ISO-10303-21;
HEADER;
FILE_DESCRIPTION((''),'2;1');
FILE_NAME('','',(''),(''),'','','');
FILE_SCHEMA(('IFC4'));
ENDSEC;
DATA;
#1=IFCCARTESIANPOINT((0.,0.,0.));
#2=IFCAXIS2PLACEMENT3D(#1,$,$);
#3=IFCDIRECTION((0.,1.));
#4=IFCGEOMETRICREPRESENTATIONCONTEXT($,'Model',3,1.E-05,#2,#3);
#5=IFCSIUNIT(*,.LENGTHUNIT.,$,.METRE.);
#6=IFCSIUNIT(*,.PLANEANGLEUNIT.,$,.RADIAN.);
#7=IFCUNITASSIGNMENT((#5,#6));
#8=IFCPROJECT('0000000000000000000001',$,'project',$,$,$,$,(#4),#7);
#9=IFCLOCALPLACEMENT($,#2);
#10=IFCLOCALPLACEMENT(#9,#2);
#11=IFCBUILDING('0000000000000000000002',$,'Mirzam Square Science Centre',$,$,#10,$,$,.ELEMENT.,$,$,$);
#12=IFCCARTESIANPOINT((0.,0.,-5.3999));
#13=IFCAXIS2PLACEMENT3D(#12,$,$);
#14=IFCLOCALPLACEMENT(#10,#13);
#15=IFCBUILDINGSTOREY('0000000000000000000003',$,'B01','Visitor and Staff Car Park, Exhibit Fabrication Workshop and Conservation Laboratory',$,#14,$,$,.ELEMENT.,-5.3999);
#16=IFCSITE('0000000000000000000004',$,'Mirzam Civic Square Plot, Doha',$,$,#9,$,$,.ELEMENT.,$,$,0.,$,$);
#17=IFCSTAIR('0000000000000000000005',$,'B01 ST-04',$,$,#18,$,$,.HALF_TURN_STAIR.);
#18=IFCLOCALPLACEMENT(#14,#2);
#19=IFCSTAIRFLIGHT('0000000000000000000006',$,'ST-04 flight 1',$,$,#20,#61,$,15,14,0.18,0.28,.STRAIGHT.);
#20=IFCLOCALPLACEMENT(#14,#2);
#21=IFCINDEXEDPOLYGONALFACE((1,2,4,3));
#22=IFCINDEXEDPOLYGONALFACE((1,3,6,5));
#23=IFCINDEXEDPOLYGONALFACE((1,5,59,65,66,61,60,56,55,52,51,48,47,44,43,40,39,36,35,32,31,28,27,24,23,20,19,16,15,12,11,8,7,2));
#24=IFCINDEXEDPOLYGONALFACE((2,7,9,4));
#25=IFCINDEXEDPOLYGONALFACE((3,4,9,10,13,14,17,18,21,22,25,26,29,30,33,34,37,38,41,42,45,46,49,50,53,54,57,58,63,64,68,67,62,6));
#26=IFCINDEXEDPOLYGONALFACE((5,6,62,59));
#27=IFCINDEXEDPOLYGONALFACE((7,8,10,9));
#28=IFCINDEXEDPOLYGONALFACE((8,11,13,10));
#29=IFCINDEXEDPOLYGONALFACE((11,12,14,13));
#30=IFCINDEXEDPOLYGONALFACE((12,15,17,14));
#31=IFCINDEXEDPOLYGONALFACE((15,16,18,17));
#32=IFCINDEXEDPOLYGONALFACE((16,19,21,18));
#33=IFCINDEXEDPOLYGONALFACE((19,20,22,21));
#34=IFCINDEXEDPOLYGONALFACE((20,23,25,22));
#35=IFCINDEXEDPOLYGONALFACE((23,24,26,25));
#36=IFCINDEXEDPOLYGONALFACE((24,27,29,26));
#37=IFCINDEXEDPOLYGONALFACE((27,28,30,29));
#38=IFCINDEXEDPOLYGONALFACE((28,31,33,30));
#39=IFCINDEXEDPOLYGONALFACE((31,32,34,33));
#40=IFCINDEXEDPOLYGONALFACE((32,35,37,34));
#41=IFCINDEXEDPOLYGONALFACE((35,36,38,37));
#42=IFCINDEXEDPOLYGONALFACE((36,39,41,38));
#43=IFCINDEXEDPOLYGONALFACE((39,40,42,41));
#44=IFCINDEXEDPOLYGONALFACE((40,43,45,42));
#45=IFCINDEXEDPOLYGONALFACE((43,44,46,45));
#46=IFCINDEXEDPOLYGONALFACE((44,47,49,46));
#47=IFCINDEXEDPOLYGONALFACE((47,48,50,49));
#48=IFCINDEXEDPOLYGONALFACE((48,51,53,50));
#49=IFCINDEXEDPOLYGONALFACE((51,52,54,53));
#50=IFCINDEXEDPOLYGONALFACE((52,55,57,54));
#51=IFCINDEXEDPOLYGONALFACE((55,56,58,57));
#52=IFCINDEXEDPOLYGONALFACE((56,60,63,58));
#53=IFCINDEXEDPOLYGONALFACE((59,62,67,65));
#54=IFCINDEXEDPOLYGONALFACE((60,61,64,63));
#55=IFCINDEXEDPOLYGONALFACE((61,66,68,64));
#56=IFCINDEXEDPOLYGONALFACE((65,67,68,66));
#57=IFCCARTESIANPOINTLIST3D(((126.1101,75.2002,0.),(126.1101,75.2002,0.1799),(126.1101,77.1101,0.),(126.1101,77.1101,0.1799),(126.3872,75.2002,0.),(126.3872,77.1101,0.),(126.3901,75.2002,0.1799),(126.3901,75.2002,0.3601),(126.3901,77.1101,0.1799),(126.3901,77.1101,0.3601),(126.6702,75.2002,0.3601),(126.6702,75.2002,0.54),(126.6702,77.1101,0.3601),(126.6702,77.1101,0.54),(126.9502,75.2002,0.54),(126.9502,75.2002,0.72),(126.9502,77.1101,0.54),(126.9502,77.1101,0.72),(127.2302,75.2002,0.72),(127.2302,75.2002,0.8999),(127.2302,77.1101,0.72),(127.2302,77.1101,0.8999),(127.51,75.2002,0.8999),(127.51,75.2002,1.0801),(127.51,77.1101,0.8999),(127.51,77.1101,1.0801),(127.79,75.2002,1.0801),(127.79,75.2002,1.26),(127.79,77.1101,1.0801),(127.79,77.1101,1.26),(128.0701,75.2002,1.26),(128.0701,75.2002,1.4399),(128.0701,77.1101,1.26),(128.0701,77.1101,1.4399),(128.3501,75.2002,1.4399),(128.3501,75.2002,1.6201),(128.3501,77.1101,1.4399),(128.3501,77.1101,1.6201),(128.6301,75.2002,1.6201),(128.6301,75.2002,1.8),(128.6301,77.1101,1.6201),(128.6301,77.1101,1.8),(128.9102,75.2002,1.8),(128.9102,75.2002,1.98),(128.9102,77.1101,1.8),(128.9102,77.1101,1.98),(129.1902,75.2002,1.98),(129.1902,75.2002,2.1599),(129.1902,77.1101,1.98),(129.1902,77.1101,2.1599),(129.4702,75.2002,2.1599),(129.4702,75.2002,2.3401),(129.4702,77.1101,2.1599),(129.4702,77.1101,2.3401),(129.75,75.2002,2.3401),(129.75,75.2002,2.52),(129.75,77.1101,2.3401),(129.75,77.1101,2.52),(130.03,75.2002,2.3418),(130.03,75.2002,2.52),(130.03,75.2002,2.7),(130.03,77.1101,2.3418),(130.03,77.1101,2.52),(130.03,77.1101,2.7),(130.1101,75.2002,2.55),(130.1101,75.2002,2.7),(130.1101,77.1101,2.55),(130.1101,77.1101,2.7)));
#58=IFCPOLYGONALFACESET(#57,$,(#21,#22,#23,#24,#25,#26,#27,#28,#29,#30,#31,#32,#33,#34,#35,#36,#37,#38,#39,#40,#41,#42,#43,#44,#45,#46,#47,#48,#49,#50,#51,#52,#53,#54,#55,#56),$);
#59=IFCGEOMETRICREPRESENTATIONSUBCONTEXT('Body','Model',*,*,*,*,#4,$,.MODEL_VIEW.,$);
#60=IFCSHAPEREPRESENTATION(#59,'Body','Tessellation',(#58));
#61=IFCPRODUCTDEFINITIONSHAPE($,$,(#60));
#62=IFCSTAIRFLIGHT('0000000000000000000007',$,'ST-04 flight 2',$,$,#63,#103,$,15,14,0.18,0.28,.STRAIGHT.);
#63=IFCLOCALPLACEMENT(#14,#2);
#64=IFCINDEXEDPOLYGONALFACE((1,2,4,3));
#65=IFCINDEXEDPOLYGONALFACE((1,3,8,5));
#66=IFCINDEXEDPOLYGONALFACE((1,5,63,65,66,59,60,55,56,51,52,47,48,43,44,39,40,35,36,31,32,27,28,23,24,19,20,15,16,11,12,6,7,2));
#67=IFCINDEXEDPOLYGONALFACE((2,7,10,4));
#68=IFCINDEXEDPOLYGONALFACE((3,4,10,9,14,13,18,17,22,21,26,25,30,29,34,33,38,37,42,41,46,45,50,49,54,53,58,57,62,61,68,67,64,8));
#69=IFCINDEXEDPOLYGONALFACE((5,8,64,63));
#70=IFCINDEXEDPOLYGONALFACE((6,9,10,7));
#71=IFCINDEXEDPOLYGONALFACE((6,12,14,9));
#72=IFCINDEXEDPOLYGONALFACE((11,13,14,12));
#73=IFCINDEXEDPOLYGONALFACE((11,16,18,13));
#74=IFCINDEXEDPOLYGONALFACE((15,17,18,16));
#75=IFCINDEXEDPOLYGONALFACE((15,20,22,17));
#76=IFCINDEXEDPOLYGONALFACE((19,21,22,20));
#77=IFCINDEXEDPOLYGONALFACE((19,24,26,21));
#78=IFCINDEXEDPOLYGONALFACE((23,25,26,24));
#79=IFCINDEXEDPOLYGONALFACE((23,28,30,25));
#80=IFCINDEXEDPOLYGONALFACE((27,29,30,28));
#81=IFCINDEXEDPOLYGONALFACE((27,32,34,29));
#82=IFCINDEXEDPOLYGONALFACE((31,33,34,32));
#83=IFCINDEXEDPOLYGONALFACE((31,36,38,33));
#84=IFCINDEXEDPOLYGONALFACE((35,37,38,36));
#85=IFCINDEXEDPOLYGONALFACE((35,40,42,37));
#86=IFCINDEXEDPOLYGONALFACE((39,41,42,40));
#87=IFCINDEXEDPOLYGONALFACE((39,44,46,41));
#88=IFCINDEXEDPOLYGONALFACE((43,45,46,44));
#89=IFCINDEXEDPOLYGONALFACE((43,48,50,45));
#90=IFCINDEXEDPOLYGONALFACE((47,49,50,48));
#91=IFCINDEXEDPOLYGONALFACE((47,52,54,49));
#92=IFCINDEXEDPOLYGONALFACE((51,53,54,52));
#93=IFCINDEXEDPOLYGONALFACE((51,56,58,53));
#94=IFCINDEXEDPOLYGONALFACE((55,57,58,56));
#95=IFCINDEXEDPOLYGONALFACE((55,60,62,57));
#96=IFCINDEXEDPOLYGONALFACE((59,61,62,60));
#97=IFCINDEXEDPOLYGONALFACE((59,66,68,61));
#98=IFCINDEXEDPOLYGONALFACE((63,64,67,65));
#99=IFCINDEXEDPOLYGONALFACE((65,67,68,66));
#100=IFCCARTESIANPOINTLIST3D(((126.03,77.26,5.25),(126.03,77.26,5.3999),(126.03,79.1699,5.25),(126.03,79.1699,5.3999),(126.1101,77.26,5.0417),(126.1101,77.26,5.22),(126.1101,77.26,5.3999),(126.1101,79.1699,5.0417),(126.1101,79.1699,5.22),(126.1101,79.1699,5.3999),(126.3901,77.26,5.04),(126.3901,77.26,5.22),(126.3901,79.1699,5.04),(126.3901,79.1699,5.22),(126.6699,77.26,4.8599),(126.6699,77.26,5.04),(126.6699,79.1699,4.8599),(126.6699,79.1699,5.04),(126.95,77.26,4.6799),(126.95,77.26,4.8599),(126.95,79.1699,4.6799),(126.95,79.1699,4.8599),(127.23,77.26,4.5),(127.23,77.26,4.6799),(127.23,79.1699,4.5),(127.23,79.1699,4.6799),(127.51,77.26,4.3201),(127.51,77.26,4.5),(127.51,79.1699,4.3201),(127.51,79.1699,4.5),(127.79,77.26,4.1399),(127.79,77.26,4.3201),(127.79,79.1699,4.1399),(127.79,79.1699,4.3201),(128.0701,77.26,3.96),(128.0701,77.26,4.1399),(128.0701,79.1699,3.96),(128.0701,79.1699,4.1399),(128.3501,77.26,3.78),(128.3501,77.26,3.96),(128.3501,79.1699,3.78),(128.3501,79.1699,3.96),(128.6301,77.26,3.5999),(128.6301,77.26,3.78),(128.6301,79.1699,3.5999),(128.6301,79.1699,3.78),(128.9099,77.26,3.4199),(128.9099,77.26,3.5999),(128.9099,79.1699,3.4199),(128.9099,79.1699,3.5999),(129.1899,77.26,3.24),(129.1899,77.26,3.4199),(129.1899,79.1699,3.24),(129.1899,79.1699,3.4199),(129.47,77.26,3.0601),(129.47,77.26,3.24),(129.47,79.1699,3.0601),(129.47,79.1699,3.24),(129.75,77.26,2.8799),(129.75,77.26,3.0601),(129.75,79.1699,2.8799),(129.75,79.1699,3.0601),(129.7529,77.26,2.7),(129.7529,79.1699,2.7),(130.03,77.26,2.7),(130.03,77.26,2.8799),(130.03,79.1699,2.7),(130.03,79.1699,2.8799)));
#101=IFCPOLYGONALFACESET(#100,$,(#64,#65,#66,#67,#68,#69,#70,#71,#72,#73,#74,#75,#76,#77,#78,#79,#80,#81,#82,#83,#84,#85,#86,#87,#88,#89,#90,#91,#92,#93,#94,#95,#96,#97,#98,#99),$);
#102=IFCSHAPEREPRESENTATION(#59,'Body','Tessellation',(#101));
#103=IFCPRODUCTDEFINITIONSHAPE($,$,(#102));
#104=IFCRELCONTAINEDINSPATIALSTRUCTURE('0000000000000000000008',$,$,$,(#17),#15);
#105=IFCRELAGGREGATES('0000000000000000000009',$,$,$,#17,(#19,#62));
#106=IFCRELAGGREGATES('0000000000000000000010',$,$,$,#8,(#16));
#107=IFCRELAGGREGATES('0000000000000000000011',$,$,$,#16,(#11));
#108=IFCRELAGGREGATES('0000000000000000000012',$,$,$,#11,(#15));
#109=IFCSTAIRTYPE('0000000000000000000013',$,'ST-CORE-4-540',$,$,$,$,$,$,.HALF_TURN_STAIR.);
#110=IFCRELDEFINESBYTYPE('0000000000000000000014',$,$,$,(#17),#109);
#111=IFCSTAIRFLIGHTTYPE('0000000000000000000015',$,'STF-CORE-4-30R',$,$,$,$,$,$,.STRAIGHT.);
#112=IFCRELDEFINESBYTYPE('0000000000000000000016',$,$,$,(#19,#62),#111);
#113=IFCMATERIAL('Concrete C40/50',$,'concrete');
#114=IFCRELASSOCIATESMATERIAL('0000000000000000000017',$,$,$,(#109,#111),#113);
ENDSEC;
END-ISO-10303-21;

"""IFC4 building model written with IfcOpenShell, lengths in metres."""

from ifc_helpers import new_model, si_unit, direction, frame, origin, place, context, subcontext, project, spatial, polyline, outline, extrude, material, type_object, element, aggregate, save


model = new_model("IFC4")

# Units and contexts
model_context = context("Model", 3, precision=1e-05, world=origin(), true_north=direction((0.0, 1.0)))
body_context = subcontext(model_context, "Body", "Model", "MODEL_VIEW")
ifc_project = project(units=[si_unit("LENGTHUNIT", "METRE"), si_unit("PLANEANGLEUNIT", "RADIAN")], contexts=[model_context])

# Site, building, storey
site_placement = place(None, origin())
site = spatial("IfcSite", under=ifc_project, at=site_placement, Name="Mirzam Civic Square Plot, Doha", CompositionType="ELEMENT", RefElevation=0.0)
building_placement = place(site_placement, origin())
building = spatial("IfcBuilding", under=site, at=building_placement, Name="Mirzam Square Science Centre", CompositionType="ELEMENT")
storey_placement = place(building_placement, frame((0.0, 0.0, -5.3999)))
storey = spatial("IfcBuildingStorey", under=building, at=storey_placement, Name="B01", Description="Visitor and Staff Car Park, Exhibit Fabrication Workshop and Conservation Laboratory", CompositionType="ELEMENT", Elevation=-5.3999)

# Stair, stair flights
ifc_material_1 = material(Name="Concrete C40/50", Category="concrete")
stair_type = type_object("IfcStairType", Name="ST-CORE-4-540", PredefinedType="HALF_TURN_STAIR", material=ifc_material_1)
stair_placement = place(storey_placement, origin())
stair = element("IfcStair", 1, at=stair_placement, inside=storey, type_object=stair_type, Name="B01 ST-04", PredefinedType="HALF_TURN_STAIR")
stair_flight_type = type_object("IfcStairFlightType", Name="STF-CORE-4-30R", PredefinedType="STRAIGHT", material=ifc_material_1)
stair_flight_1_placement = place(storey_placement, frame((126.1101, 76.155, 0.0), z_axis=(0.0, 0.0, 1.0), x_axis=(1.0, 0.0, 0.0)))
stair_flight_1 = element("IfcStairFlight", 2, at=stair_flight_1_placement, type_object=stair_flight_type, Name="ST-04 flight 1", NumberOfRisers=15, NumberOfTreads=14, PredefinedType="STRAIGHT", RiserHeight=0.18, TreadLength=0.28, context=body_context, shape_type="SweptSolid", body=[
    extrude(outline(polyline([(0.0, 0.0), (0.0, 0.1799), (0.28, 0.1799), (0.28, 0.3601), (0.5601, 0.3601), (0.5601, 0.54), (0.8401, 0.54), (0.8401, 0.72), (1.1201, 0.72), (1.1201, 0.8999), (1.3999, 0.8999), (1.3999, 1.0801), (1.6799, 1.0801), (1.6799, 1.26), (1.96, 1.26), (1.96, 1.4399), (2.24, 1.4399), (2.24, 1.6201), (2.52, 1.6201), (2.52, 1.8), (2.8, 1.8), (2.8, 1.98), (3.0801, 1.98), (3.0801, 2.1599), (3.3601, 2.1599), (3.3601, 2.3401), (3.6399, 2.3401), (3.6399, 2.52), (3.9199, 2.52), (3.9199, 2.7), (4.0, 2.7), (4.0, 2.55), (3.9199, 2.3418), (0.2771, 0.0), (0.0, 0.0)])), frame((0.0, 0.9551, 0.0), z_axis=(0.0, -1.0, 0.0), x_axis=(1.0, 0.0, 0.0)), (0.0, 0.0, 1.0), 1.9099),
])
stair_flight_2_placement = place(storey_placement, frame((130.03, 78.2151, 2.7), z_axis=(0.0, 0.0, 1.0), x_axis=(-1.0, 0.0, 0.0)))
stair_flight_2 = element("IfcStairFlight", 3, at=stair_flight_2_placement, type_object=stair_flight_type, Name="ST-04 flight 2", NumberOfRisers=15, NumberOfTreads=14, PredefinedType="STRAIGHT", RiserHeight=0.18, TreadLength=0.28, context=body_context, shape_type="SweptSolid", body=[
    extrude(outline(polyline([(0.0, 0.0), (0.0, 0.1799), (0.28, 0.1799), (0.28, 0.3601), (0.5601, 0.3601), (0.5601, 0.54), (0.8401, 0.54), (0.8401, 0.72), (1.1201, 0.72), (1.1201, 0.8999), (1.3999, 0.8999), (1.3999, 1.0801), (1.6799, 1.0801), (1.6799, 1.26), (1.96, 1.26), (1.96, 1.4399), (2.24, 1.4399), (2.24, 1.6201), (2.52, 1.6201), (2.52, 1.8), (2.8, 1.8), (2.8, 1.98), (3.0801, 1.98), (3.0801, 2.1599), (3.3601, 2.1599), (3.3601, 2.3401), (3.6399, 2.3401), (3.6399, 2.52), (3.9199, 2.52), (3.9199, 2.7), (4.0, 2.7), (4.0, 2.55), (3.9199, 2.3418), (0.2771, 0.0), (0.0, 0.0)])), frame((0.0, 0.9551, 0.0), z_axis=(0.0, -1.0, 0.0), x_axis=(1.0, 0.0, 0.0)), (0.0, 0.0, 1.0), 1.9099),
])
aggregate(stair, [stair_flight_1, stair_flight_2])

save(model, "model.ifc")
